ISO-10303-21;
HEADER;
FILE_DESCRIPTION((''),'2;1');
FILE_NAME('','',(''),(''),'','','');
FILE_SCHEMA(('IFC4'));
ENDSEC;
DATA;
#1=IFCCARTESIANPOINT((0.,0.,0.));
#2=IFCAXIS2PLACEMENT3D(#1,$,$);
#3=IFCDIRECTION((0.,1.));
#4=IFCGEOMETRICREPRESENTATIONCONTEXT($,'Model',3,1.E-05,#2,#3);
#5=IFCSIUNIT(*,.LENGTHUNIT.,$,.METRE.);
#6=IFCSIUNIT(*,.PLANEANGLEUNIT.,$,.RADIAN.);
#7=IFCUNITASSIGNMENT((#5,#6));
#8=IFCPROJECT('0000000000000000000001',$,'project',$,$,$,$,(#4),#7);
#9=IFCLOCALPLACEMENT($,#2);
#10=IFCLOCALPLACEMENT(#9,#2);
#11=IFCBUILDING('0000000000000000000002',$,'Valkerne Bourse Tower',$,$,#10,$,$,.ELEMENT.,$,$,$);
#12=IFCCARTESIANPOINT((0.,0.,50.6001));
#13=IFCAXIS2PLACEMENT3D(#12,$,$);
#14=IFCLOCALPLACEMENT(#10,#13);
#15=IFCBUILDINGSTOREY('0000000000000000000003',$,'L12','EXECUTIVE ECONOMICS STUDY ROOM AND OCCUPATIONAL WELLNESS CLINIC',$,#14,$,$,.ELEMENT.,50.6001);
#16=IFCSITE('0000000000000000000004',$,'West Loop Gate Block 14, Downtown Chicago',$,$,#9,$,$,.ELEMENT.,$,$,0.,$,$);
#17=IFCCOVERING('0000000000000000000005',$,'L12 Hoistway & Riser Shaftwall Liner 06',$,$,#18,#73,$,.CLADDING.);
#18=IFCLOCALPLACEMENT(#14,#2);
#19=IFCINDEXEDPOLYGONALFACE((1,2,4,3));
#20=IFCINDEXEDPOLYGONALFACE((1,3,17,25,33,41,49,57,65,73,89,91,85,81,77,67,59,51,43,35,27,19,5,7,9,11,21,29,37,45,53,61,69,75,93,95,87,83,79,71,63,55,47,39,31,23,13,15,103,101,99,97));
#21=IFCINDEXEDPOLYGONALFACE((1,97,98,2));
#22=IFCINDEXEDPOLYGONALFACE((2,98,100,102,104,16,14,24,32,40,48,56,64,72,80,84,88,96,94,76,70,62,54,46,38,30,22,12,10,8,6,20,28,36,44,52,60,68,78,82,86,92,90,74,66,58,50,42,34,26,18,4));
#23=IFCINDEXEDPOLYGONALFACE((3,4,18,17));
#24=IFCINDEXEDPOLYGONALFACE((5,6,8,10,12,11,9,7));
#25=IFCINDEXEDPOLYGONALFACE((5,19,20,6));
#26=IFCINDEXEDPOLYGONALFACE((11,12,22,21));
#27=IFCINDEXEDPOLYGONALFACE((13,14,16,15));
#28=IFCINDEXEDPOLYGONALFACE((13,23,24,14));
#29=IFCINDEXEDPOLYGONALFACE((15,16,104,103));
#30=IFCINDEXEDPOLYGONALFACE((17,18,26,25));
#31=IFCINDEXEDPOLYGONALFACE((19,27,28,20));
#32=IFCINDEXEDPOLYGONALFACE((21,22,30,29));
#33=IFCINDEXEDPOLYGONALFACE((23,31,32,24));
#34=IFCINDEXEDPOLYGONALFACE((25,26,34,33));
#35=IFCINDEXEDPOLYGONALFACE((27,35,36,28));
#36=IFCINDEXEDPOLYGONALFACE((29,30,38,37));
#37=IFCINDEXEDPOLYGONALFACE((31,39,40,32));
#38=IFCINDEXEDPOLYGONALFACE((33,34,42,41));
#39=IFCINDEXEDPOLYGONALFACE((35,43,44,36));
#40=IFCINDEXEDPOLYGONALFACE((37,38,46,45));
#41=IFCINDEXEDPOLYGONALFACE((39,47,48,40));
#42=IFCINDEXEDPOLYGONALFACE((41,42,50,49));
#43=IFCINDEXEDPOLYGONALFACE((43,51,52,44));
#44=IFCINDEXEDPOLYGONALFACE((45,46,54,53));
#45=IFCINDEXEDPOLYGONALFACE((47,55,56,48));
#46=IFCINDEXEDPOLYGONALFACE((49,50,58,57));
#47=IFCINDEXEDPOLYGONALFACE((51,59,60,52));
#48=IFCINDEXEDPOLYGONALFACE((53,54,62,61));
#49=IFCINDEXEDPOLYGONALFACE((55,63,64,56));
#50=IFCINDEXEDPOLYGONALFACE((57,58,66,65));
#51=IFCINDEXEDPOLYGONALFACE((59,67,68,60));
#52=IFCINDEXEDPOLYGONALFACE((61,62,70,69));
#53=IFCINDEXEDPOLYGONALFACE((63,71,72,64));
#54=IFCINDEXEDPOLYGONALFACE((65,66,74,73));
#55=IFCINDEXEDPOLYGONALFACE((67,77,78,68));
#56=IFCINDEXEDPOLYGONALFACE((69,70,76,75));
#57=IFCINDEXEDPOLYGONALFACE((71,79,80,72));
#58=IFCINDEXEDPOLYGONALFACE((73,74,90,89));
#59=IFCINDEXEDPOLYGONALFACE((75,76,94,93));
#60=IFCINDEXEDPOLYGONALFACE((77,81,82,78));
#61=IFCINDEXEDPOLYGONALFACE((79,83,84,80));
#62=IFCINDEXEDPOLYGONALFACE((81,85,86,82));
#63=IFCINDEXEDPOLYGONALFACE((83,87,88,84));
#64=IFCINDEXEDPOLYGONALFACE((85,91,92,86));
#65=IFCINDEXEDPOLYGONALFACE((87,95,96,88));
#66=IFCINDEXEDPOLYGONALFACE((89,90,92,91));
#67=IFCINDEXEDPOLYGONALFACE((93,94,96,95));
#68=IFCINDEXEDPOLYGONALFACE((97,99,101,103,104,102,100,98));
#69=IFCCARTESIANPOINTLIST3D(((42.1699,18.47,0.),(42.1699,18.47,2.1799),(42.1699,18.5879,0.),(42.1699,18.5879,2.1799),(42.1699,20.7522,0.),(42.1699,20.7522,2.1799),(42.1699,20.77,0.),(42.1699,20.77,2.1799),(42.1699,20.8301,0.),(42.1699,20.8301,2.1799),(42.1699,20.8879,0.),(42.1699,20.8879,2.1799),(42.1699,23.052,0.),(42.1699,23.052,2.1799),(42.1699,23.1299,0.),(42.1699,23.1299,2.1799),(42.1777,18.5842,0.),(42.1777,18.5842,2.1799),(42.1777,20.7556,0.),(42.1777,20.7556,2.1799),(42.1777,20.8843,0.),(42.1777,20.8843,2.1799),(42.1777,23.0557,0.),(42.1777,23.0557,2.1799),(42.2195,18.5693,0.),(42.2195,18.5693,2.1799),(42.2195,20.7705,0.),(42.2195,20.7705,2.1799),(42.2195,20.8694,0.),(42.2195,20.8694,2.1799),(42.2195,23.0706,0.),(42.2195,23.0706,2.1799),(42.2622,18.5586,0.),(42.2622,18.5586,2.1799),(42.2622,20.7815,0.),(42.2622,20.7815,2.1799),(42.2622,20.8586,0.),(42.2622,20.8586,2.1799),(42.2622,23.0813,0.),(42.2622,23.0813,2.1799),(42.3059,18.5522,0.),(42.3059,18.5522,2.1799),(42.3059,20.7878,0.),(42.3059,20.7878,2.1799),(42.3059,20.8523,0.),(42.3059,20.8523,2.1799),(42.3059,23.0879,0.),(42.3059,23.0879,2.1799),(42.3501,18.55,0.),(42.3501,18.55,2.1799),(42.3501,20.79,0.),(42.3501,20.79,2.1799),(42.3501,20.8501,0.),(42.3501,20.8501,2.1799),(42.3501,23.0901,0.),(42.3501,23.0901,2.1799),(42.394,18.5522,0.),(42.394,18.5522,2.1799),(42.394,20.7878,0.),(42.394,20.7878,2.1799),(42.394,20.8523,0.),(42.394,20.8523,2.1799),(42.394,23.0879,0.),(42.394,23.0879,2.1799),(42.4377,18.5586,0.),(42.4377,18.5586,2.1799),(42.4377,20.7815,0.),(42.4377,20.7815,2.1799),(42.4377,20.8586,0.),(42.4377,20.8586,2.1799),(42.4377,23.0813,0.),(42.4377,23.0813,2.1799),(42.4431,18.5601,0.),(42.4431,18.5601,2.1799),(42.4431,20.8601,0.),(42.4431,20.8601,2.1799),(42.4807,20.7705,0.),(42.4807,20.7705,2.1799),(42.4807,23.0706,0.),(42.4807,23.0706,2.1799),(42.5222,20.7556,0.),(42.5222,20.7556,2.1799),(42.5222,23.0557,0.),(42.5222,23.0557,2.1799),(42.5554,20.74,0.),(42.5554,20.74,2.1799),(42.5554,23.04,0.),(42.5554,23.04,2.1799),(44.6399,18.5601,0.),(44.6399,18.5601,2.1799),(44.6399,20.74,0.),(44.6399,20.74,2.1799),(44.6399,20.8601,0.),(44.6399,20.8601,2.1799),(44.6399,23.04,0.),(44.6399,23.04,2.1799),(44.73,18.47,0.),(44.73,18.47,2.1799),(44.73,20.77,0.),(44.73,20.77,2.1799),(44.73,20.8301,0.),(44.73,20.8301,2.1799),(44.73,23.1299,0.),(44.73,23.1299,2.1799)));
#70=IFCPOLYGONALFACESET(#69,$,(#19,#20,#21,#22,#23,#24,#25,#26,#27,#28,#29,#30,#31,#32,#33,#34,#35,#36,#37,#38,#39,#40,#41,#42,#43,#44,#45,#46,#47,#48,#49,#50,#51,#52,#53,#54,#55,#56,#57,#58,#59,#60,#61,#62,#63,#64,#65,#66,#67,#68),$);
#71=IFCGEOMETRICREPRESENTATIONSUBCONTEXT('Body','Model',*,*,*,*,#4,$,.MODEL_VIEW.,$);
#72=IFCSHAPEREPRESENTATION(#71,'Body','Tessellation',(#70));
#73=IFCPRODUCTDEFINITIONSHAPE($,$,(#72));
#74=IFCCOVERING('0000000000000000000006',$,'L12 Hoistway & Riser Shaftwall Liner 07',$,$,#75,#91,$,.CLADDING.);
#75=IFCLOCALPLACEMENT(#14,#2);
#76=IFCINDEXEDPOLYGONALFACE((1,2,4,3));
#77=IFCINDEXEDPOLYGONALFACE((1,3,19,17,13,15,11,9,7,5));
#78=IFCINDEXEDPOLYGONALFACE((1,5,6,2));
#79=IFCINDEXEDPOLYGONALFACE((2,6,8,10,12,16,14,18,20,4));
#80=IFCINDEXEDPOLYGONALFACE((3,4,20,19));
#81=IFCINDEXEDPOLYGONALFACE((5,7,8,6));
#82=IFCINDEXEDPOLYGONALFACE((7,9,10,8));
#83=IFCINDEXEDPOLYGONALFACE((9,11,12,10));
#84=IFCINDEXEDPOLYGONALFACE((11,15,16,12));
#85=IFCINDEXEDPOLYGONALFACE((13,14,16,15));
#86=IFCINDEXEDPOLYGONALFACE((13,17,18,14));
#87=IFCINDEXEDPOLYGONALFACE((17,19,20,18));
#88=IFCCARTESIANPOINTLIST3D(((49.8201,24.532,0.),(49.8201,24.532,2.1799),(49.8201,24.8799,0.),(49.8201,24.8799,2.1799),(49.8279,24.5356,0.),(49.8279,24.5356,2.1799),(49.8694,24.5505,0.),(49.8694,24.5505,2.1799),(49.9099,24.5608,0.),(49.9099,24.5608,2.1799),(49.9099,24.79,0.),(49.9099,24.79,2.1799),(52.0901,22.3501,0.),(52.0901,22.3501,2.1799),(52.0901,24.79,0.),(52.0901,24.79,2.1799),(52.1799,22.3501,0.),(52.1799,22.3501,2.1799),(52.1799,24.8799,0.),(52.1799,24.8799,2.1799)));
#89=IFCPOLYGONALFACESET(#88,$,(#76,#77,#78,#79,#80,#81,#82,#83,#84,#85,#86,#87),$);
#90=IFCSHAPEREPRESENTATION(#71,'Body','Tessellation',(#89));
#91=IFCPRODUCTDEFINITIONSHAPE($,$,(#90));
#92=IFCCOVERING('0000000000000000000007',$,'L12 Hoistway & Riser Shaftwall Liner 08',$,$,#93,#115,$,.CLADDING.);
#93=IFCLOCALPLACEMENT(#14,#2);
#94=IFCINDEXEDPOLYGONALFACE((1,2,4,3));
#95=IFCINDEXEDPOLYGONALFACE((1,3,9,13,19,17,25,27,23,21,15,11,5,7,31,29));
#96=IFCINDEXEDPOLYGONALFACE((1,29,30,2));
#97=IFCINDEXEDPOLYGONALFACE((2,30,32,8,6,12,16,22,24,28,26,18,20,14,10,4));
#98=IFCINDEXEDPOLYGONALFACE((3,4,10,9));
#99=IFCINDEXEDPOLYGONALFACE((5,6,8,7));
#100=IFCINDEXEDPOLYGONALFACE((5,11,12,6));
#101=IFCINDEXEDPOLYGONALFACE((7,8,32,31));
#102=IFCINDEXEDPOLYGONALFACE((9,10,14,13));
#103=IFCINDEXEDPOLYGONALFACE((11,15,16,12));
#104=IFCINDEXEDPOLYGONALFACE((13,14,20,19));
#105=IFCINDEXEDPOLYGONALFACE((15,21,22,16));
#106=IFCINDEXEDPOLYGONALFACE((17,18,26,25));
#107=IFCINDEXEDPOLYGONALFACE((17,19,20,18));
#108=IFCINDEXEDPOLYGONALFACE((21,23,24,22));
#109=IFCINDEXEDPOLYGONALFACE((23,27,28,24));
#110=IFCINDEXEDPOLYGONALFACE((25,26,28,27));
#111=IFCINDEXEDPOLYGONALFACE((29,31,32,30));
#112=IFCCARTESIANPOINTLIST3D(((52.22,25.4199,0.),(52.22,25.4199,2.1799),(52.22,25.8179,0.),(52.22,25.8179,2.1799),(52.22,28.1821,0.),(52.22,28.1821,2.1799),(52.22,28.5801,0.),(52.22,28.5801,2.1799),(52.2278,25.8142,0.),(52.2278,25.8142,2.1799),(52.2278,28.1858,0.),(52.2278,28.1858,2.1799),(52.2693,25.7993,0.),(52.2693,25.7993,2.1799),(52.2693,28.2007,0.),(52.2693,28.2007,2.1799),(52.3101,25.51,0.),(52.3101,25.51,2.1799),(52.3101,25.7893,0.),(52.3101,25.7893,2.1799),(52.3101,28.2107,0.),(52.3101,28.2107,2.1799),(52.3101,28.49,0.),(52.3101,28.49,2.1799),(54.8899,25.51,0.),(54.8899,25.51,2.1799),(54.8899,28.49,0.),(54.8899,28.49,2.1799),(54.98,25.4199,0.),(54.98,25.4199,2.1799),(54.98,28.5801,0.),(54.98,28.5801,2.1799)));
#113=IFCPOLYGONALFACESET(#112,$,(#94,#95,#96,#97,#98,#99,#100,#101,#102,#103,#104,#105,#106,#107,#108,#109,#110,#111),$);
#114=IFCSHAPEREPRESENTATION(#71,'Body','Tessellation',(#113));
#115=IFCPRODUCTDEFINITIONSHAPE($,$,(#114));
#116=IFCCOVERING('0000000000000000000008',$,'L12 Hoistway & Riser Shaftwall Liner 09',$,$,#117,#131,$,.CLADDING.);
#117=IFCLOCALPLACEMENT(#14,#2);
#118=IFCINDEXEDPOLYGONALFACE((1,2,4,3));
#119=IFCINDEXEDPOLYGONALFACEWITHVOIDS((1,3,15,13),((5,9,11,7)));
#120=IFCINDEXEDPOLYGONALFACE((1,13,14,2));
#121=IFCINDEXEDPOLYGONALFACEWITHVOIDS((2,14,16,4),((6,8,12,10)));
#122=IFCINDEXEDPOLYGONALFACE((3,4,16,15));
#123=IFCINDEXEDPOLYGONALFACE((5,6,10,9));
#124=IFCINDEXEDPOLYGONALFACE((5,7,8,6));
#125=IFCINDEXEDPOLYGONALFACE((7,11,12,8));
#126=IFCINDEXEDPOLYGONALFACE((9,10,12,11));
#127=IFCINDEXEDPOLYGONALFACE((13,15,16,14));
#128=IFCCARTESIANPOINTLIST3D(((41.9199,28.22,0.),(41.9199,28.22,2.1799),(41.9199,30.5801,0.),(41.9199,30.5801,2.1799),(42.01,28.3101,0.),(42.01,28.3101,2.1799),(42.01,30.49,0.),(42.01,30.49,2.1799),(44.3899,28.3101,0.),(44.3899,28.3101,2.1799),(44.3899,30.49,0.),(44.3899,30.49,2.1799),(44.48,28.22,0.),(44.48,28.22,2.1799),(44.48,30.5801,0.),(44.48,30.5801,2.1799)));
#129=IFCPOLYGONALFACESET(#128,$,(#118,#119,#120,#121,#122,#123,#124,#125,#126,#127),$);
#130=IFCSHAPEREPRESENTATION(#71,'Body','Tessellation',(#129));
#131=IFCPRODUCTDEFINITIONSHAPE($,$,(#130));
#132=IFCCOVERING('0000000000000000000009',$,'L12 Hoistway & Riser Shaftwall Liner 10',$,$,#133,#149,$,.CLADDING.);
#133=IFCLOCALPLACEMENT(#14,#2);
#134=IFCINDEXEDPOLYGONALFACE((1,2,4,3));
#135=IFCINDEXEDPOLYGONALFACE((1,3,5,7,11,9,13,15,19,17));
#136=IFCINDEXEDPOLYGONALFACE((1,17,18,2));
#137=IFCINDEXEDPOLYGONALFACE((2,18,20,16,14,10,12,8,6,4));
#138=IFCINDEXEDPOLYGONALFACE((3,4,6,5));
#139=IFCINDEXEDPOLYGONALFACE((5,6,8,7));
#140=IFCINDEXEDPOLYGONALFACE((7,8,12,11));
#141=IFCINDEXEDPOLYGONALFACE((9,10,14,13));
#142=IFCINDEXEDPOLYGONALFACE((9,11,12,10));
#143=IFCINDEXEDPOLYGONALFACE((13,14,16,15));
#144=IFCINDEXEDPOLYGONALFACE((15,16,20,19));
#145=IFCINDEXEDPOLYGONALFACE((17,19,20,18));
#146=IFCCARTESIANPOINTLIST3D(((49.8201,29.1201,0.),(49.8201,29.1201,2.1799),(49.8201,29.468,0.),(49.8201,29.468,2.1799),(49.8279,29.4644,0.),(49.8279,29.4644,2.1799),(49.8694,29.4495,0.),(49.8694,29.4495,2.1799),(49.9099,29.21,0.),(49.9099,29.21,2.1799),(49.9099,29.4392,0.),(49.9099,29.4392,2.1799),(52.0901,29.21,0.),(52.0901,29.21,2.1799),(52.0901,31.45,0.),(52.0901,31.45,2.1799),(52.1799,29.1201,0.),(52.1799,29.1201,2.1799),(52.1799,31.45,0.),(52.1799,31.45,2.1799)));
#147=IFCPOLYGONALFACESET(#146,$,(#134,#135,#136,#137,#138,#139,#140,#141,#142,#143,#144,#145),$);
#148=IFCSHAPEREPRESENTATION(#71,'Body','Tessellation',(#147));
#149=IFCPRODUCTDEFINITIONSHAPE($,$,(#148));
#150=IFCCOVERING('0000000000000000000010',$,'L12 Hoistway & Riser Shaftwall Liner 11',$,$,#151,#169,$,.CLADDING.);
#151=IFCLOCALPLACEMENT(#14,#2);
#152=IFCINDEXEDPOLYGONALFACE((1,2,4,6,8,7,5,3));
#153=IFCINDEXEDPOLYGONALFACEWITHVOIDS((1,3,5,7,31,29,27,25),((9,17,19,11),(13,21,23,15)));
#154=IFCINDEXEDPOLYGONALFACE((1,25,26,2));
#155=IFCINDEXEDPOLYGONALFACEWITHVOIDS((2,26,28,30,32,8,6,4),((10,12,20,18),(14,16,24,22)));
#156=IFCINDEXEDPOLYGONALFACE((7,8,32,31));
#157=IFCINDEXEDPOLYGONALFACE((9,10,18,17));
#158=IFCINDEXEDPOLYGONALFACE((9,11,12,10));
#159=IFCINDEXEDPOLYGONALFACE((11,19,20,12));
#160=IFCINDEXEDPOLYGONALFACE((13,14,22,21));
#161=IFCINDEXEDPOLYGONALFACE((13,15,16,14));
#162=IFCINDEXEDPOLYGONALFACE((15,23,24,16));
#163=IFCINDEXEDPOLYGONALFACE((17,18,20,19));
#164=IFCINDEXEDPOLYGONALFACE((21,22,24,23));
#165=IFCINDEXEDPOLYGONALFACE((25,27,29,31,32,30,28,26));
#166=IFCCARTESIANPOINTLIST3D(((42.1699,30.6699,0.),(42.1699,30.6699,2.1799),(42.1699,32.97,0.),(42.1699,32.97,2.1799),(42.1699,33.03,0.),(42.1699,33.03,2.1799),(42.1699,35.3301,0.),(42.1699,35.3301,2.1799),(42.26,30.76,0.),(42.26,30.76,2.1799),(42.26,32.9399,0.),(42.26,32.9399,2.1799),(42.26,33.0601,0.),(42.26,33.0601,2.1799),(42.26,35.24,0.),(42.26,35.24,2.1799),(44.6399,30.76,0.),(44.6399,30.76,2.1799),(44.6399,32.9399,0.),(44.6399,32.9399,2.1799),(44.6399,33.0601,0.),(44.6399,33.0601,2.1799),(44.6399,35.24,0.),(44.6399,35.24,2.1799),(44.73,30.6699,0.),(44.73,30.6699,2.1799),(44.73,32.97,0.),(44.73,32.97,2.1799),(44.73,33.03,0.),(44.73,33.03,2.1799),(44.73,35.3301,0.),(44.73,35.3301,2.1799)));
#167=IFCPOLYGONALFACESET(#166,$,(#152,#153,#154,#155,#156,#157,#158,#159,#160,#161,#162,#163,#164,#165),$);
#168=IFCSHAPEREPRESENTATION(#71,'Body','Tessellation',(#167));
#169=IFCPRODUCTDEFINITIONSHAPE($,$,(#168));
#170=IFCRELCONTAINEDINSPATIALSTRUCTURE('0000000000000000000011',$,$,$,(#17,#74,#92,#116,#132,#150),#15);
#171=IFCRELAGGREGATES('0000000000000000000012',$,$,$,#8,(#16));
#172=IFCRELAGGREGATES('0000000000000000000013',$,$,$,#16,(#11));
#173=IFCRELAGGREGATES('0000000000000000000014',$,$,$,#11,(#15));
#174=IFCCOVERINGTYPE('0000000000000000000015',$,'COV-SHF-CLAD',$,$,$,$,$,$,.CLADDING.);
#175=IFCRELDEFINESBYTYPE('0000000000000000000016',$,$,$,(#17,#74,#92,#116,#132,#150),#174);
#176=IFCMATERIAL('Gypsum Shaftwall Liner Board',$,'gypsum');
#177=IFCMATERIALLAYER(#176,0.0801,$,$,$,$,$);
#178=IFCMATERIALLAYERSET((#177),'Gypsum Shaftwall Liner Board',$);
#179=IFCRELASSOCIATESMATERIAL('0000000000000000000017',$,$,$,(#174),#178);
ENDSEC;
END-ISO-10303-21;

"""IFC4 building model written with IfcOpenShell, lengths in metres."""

from ifc_helpers import new_model, si_unit, direction, frame, origin, place, context, subcontext, project, spatial, polyline, outline, extrude, material, layer, layer_set, type_object, element, save


model = new_model("IFC4")

# Units and contexts
model_context = context("Model", 3, precision=1e-05, world=origin(), true_north=direction((0.0, 1.0)))
body_context = subcontext(model_context, "Body", "Model", "MODEL_VIEW")
ifc_project = project(units=[si_unit("LENGTHUNIT", "METRE"), si_unit("PLANEANGLEUNIT", "RADIAN")], contexts=[model_context])

# Site, building, storey
site_placement = place(None, origin())
site = spatial("IfcSite", under=ifc_project, at=site_placement, Name="West Loop Gate Block 14, Downtown Chicago", CompositionType="ELEMENT", RefElevation=0.0)
building_placement = place(site_placement, origin())
building = spatial("IfcBuilding", under=site, at=building_placement, Name="Valkerne Bourse Tower", CompositionType="ELEMENT")
storey_placement = place(building_placement, frame((0.0, 0.0, 50.6001)))
storey = spatial("IfcBuildingStorey", under=building, at=storey_placement, Name="L12", Description="EXECUTIVE ECONOMICS STUDY ROOM AND OCCUPATIONAL WELLNESS CLINIC", CompositionType="ELEMENT", Elevation=50.6001)

# Coverings
ifc_material_1 = material(Name="Gypsum Shaftwall Liner Board", Category="gypsum")
ifc_layer_1 = layer(ifc_material_1, 0.0801)
ifc_layer_set_1 = layer_set([ifc_layer_1], Name="Gypsum Shaftwall Liner Board")
covering_type_1 = type_object("IfcCoveringType", Name="COV-SHF-CLAD", PredefinedType="CLADDING", material=ifc_layer_set_1)
covering_1_placement = place(storey_placement, origin())
element("IfcCovering", 1, at=covering_1_placement, inside=storey, type_object=covering_type_1, Name="L12 Hoistway & Riser Shaftwall Liner 06", PredefinedType="CLADDING", context=body_context, shape_type="SweptSolid", body=[
    extrude(outline(polyline([(42.1699, 20.8301), (42.1699, 20.8879), (42.1777, 20.8843), (42.2195, 20.8694), (42.2622, 20.8586), (42.3059, 20.8523), (42.3501, 20.8501), (42.394, 20.8523), (42.4377, 20.8586), (42.4431, 20.8601), (44.6399, 20.8601), (44.6399, 23.04), (42.5554, 23.04), (42.5222, 23.0557), (42.4807, 23.0706), (42.4377, 23.0813), (42.394, 23.0879), (42.3501, 23.0901), (42.3059, 23.0879), (42.2622, 23.0813), (42.2195, 23.0706), (42.1777, 23.0557), (42.1699, 23.052), (42.1699, 23.1299), (44.73, 23.1299), (44.73, 20.8301), (44.73, 20.77), (44.73, 18.47), (42.1699, 18.47), (42.1699, 18.5879), (42.1777, 18.5842), (42.2195, 18.5693), (42.2622, 18.5586), (42.3059, 18.5522), (42.3501, 18.55), (42.394, 18.5522), (42.4377, 18.5586), (42.4431, 18.5601), (44.6399, 18.5601), (44.6399, 20.74), (42.5554, 20.74), (42.5222, 20.7556), (42.4807, 20.7705), (42.4377, 20.7815), (42.394, 20.7878), (42.3501, 20.79), (42.3059, 20.7878), (42.2622, 20.7815), (42.2195, 20.7705), (42.1777, 20.7556), (42.1699, 20.7522), (42.1699, 20.77), (42.1699, 20.8301)])), origin(), (0.0, 0.0, 1.0), 2.1799),
])
covering_2_placement = place(storey_placement, origin())
element("IfcCovering", 2, at=covering_2_placement, inside=storey, type_object=covering_type_1, Name="L12 Hoistway & Riser Shaftwall Liner 07", PredefinedType="CLADDING", context=body_context, shape_type="SweptSolid", body=[
    extrude(outline(polyline([(52.1799, 22.3501), (52.0901, 22.3501), (52.0901, 24.79), (49.9099, 24.79), (49.9099, 24.5608), (49.8694, 24.5505), (49.8279, 24.5356), (49.8201, 24.532), (49.8201, 24.8799), (52.1799, 24.8799), (52.1799, 22.3501)])), origin(), (0.0, 0.0, 1.0), 2.1799),
])
covering_3_placement = place(storey_placement, origin())
element("IfcCovering", 3, at=covering_3_placement, inside=storey, type_object=covering_type_1, Name="L12 Hoistway & Riser Shaftwall Liner 08", PredefinedType="CLADDING", context=body_context, shape_type="SweptSolid", body=[
    extrude(outline(polyline([(54.98, 25.4199), (52.22, 25.4199), (52.22, 25.8179), (52.2278, 25.8142), (52.2693, 25.7993), (52.3101, 25.7893), (52.3101, 25.51), (54.8899, 25.51), (54.8899, 28.49), (52.3101, 28.49), (52.3101, 28.2107), (52.2693, 28.2007), (52.2278, 28.1858), (52.22, 28.1821), (52.22, 28.5801), (54.98, 28.5801), (54.98, 25.4199)])), origin(), (0.0, 0.0, 1.0), 2.1799),
])
covering_4_placement = place(storey_placement, origin())
element("IfcCovering", 4, at=covering_4_placement, inside=storey, type_object=covering_type_1, Name="L12 Hoistway & Riser Shaftwall Liner 09", PredefinedType="CLADDING", context=body_context, shape_type="SweptSolid", body=[
    extrude(outline(polyline([(44.48, 28.22), (41.9199, 28.22), (41.9199, 30.5801), (44.48, 30.5801), (44.48, 28.22)]), holes=[polyline([(42.01, 30.49), (42.01, 28.3101), (44.3899, 28.3101), (44.3899, 30.49), (42.01, 30.49)])]), origin(), (0.0, 0.0, 1.0), 2.1799),
])
covering_5_placement = place(storey_placement, origin())
element("IfcCovering", 5, at=covering_5_placement, inside=storey, type_object=covering_type_1, Name="L12 Hoistway & Riser Shaftwall Liner 10", PredefinedType="CLADDING", context=body_context, shape_type="SweptSolid", body=[
    extrude(outline(polyline([(49.8201, 29.1201), (49.8201, 29.468), (49.8279, 29.4644), (49.8694, 29.4495), (49.9099, 29.4392), (49.9099, 29.21), (52.0901, 29.21), (52.0901, 31.45), (52.1799, 31.45), (52.1799, 29.1201), (49.8201, 29.1201)])), origin(), (0.0, 0.0, 1.0), 2.1799),
])
covering_6_placement = place(storey_placement, origin())
element("IfcCovering", 6, at=covering_6_placement, inside=storey, type_object=covering_type_1, Name="L12 Hoistway & Riser Shaftwall Liner 11", PredefinedType="CLADDING", context=body_context, shape_type="SweptSolid", body=[
    extrude(outline(polyline([(44.73, 35.3301), (44.73, 33.03), (44.73, 32.97), (44.73, 30.6699), (42.1699, 30.6699), (42.1699, 32.97), (42.1699, 33.03), (42.1699, 35.3301), (44.73, 35.3301)]), holes=[polyline([(42.26, 30.76), (44.6399, 30.76), (44.6399, 32.9399), (42.26, 32.9399), (42.26, 30.76)]), polyline([(42.26, 33.0601), (44.6399, 33.0601), (44.6399, 35.24), (42.26, 35.24), (42.26, 33.0601)])]), origin(), (0.0, 0.0, 1.0), 2.1799),
])

save(model, "model.ifc")
